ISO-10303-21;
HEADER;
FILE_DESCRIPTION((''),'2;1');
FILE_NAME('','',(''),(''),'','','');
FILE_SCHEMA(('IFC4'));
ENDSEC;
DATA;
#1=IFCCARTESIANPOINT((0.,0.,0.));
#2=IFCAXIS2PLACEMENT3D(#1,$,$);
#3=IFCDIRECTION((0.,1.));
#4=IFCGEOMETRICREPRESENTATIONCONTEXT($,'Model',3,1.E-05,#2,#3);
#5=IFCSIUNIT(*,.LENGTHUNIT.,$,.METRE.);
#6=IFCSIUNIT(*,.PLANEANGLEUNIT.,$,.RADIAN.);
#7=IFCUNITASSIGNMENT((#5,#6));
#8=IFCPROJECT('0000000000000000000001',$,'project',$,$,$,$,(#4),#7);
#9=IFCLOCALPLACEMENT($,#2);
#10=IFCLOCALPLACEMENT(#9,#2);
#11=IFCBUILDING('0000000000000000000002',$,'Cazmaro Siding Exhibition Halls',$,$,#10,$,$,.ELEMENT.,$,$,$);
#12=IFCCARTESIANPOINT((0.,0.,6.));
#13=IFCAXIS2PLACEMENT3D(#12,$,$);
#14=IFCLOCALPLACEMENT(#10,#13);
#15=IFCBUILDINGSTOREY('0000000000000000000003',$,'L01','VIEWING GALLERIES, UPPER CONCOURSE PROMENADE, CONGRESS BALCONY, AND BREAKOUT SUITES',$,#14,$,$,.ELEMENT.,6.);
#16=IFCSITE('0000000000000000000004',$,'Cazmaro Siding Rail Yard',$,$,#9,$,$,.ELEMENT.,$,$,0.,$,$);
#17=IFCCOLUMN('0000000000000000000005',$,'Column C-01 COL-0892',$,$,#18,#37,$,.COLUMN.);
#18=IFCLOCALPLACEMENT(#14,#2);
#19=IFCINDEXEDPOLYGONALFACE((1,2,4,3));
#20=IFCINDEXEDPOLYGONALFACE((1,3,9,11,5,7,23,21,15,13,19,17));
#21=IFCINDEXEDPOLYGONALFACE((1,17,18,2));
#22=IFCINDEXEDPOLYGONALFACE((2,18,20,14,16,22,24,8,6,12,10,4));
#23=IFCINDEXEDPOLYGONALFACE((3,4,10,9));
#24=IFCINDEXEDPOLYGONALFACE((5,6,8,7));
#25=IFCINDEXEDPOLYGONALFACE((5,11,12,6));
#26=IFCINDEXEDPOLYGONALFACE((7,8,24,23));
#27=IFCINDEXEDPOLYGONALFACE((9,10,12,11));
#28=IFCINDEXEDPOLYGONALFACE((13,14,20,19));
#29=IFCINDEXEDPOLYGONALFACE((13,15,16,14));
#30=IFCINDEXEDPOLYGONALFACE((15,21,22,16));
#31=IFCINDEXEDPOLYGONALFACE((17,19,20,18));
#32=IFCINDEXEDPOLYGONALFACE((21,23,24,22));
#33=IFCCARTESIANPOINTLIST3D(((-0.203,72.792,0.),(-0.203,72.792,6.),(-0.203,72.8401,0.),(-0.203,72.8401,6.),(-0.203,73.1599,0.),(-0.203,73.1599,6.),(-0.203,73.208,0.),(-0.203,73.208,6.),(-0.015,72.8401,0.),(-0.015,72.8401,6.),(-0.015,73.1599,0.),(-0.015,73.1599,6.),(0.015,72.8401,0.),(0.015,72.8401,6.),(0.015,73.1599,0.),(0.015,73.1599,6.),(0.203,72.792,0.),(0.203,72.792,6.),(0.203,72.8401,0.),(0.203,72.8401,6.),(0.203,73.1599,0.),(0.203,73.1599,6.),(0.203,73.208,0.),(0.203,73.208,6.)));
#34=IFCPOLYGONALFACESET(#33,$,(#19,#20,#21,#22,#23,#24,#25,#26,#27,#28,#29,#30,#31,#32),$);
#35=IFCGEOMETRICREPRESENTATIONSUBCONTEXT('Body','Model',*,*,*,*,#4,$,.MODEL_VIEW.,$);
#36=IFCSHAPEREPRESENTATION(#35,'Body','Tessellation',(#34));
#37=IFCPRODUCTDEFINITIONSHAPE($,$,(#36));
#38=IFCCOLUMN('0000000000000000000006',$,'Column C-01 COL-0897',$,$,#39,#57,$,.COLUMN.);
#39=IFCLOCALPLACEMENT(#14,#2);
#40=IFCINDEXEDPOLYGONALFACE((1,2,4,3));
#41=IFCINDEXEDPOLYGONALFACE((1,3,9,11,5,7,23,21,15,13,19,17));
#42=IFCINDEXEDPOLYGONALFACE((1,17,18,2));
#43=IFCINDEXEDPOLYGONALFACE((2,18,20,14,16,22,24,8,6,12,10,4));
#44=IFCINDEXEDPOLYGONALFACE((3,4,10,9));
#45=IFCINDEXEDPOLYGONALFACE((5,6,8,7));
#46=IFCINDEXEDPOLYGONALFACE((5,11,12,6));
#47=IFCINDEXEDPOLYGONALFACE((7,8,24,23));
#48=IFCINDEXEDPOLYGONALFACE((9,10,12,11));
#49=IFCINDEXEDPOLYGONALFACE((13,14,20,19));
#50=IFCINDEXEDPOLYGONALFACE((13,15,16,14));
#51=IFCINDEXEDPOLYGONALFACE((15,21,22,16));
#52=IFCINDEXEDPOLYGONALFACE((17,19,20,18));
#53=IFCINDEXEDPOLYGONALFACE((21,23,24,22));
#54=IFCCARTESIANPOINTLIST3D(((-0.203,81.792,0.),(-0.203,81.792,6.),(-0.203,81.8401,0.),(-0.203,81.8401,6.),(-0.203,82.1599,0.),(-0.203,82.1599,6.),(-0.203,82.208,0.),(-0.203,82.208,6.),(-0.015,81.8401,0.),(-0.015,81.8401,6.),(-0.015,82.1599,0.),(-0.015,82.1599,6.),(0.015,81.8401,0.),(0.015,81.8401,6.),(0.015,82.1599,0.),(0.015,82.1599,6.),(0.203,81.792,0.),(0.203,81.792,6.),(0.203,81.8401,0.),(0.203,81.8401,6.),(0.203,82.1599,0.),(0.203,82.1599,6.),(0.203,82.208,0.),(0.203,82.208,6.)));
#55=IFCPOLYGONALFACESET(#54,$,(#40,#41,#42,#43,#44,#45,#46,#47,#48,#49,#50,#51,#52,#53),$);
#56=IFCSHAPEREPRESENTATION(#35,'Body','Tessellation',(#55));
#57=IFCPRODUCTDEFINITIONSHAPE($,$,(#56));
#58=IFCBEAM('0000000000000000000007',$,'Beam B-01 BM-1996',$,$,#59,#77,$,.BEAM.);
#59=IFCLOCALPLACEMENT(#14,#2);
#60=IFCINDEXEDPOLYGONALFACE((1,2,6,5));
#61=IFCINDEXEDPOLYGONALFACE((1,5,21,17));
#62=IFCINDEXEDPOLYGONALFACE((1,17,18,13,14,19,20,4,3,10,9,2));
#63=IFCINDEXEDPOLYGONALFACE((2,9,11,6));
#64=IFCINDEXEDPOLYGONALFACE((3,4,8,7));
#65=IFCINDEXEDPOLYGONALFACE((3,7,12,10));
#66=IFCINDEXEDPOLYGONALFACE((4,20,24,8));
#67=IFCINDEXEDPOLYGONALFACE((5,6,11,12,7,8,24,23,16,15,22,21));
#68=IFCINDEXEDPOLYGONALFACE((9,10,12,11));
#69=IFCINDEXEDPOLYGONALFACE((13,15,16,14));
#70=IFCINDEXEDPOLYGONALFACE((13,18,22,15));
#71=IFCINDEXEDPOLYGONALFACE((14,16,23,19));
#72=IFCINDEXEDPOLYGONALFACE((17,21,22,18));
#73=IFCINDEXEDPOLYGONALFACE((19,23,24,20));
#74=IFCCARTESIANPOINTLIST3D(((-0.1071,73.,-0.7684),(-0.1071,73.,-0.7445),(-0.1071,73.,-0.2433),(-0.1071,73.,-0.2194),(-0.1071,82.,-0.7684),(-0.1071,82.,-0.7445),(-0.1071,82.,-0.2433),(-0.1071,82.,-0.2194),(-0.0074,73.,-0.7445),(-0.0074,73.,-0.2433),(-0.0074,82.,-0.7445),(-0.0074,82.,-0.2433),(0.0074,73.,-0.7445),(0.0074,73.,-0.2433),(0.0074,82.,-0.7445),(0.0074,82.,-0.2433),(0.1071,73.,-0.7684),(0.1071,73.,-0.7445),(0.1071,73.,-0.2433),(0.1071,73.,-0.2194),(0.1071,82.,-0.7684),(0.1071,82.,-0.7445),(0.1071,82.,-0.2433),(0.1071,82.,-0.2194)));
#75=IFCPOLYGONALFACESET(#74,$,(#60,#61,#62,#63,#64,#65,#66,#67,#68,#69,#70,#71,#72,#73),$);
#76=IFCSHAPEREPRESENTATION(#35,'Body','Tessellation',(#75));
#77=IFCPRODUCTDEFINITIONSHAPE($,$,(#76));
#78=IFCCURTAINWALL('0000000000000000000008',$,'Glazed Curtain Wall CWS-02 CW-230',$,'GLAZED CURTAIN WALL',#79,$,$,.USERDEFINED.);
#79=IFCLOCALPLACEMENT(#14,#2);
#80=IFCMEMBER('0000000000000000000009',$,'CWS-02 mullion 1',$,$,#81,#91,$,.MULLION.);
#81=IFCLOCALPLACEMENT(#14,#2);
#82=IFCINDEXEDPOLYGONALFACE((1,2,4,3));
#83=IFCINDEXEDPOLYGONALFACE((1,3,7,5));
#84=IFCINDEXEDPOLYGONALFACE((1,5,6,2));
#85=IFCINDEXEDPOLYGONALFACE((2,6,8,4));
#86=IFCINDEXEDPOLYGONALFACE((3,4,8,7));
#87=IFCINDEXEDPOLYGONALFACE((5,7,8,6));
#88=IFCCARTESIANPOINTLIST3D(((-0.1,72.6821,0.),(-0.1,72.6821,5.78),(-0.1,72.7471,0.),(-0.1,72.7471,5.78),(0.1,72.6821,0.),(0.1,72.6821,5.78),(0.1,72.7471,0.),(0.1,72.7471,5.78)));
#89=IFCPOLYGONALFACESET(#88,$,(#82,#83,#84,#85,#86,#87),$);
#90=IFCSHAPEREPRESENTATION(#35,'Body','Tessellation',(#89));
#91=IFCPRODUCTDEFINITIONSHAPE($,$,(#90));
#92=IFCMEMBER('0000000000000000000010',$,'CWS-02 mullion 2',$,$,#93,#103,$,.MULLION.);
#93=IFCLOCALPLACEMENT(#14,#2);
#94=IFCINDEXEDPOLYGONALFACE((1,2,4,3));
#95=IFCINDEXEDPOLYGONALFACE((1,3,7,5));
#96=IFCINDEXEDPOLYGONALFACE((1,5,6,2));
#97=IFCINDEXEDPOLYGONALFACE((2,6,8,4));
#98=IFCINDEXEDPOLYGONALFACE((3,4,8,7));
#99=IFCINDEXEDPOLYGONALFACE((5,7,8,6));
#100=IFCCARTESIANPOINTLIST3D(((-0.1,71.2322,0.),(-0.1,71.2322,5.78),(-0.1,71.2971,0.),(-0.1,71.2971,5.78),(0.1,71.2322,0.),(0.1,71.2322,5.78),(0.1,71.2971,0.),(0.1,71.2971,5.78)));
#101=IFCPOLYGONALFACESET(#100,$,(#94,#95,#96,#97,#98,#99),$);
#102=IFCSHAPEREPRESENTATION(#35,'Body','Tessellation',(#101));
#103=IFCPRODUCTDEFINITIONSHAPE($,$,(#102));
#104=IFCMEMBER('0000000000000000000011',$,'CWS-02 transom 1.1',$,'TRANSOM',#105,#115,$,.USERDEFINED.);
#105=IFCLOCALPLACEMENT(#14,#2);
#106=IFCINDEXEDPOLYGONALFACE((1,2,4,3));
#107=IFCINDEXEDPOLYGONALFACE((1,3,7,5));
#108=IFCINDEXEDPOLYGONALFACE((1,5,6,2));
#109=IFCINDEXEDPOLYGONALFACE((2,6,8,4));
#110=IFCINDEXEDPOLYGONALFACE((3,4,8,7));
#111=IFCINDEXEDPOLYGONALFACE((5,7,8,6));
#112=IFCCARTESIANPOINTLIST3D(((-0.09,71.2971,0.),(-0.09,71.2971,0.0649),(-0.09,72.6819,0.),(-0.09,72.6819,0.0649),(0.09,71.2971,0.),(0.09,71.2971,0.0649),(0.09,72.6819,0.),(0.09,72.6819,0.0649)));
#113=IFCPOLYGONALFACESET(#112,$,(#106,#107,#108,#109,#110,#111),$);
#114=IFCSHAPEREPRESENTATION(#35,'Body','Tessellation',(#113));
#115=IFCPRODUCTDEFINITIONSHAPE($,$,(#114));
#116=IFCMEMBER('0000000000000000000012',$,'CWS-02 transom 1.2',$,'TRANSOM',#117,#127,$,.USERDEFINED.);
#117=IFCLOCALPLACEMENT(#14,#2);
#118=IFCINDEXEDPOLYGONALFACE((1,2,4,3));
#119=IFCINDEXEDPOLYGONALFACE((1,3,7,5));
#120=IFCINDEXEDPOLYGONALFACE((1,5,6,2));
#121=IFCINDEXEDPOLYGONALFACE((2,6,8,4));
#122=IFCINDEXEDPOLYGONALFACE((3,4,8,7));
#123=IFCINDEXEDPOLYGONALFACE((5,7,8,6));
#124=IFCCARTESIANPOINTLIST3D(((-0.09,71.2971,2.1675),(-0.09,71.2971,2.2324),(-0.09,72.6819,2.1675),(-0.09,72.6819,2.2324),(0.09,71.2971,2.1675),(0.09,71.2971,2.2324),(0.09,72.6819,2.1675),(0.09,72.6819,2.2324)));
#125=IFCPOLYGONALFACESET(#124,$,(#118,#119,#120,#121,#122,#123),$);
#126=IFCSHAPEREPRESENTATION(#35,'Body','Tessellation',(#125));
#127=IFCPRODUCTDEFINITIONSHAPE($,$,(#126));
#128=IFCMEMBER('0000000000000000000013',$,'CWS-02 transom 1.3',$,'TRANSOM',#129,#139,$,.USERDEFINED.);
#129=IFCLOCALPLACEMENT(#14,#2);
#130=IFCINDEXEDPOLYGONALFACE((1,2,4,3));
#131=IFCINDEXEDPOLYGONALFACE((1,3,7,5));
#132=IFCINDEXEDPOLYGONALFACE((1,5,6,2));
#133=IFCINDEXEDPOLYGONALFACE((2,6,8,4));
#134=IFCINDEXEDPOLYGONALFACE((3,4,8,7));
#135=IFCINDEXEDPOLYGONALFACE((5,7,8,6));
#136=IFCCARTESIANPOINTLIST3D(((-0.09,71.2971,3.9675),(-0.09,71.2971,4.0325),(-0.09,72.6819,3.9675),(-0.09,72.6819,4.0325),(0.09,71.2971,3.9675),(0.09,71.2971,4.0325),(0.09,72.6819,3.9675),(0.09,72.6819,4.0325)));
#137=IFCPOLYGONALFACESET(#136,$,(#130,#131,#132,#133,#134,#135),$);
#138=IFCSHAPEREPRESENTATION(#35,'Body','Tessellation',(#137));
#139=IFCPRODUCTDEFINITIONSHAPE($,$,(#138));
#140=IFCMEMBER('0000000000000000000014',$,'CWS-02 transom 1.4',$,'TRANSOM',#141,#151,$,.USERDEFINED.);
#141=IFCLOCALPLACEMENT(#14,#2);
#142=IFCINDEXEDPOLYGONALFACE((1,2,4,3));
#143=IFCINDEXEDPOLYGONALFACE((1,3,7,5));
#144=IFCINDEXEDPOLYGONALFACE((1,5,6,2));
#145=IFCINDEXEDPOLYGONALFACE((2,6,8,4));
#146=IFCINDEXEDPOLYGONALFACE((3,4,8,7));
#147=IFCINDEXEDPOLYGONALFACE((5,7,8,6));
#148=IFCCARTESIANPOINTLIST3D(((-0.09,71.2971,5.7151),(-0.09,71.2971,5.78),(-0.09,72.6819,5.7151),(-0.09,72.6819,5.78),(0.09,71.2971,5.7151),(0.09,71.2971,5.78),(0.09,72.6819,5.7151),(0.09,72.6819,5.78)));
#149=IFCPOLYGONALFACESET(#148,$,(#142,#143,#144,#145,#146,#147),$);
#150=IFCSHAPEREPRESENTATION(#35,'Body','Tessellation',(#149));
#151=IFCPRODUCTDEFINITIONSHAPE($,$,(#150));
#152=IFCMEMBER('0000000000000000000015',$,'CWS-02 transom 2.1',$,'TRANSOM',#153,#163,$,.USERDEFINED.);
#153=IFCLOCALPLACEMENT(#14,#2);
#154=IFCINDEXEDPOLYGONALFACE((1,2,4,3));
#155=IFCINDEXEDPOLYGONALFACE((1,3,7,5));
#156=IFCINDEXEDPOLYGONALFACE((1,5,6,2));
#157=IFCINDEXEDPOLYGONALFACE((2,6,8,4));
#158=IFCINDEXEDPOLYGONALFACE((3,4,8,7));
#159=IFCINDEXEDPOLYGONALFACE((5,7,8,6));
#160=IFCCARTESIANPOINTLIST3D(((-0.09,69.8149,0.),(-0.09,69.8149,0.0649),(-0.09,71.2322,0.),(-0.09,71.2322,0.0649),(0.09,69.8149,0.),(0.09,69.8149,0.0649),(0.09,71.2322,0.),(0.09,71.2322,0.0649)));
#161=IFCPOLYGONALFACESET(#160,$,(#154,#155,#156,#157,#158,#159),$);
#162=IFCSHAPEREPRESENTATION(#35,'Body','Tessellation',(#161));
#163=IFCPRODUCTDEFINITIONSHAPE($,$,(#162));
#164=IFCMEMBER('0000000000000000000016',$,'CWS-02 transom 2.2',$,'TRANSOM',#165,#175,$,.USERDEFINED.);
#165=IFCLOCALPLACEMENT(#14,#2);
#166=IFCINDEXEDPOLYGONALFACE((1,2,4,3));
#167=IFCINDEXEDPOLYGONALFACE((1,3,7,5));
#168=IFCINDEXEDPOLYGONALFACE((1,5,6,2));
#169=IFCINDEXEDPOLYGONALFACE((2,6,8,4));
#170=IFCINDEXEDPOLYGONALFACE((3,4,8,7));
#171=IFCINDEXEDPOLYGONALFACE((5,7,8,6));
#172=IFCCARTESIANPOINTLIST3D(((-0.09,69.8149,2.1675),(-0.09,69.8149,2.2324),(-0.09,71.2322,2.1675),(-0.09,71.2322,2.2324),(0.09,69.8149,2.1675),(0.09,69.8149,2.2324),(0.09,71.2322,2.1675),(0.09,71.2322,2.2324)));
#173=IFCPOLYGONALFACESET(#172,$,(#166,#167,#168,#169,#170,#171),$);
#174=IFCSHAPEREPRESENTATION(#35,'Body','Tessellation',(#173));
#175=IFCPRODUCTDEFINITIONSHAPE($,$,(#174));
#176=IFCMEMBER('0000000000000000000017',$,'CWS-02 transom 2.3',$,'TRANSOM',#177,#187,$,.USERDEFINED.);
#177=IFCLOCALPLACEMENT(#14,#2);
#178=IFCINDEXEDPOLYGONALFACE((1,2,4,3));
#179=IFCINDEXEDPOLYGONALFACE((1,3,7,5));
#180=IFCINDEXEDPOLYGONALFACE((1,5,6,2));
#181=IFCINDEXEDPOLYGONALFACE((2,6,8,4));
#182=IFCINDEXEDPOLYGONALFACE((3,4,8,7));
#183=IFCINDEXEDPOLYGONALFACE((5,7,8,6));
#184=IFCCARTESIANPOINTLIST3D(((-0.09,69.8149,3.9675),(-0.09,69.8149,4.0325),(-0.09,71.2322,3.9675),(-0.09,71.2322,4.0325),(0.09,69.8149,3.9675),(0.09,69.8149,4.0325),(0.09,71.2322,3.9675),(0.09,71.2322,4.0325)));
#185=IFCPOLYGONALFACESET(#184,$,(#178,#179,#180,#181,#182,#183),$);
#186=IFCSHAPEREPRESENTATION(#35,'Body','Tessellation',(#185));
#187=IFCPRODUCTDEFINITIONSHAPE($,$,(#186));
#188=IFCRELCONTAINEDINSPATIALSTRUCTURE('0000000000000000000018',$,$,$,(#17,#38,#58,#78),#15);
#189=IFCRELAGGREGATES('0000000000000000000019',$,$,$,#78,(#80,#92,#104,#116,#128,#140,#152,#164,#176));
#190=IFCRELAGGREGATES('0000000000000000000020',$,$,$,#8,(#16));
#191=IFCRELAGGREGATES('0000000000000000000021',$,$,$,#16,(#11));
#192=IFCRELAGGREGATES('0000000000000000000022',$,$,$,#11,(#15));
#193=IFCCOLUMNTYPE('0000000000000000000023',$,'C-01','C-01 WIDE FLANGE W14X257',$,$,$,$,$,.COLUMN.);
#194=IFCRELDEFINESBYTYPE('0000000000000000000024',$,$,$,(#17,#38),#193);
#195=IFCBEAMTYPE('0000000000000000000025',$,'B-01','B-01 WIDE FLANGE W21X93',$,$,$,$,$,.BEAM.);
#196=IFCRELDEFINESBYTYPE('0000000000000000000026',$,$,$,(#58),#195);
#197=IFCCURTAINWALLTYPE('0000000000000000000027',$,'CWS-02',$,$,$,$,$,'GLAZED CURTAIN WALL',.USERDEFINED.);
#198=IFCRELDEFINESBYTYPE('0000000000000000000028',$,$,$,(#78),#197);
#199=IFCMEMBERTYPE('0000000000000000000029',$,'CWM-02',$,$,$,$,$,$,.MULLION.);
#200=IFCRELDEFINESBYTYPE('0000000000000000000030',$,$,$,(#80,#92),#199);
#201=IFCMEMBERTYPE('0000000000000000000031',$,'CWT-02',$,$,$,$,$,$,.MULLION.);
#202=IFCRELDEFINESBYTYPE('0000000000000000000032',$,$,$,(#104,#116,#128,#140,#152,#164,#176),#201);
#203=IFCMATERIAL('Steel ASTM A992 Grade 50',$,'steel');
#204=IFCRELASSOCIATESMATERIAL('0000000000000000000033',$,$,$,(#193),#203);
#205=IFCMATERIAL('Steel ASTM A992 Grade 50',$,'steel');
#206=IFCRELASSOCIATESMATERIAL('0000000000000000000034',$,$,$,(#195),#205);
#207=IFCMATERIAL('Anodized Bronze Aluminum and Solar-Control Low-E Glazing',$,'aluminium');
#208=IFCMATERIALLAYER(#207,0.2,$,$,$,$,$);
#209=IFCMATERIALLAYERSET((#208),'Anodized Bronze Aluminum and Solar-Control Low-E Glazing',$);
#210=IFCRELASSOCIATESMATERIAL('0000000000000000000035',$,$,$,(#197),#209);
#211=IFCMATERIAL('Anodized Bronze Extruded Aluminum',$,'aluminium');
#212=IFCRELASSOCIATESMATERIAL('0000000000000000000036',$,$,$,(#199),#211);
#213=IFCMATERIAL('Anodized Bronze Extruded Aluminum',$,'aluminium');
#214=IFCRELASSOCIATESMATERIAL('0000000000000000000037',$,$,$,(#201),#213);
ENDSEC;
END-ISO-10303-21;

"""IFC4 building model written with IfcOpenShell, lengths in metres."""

from ifc_helpers import new_model, si_unit, direction, frame, origin, origin_2d, place, context, subcontext, project, spatial, rectangle, i_section, extrude, material, layer, layer_set, material_profile, profile_set, type_object, element, aggregate, save


model = new_model("IFC4")

# Units and contexts
model_context = context("Model", 3, precision=1e-05, world=origin(), true_north=direction((0.0, 1.0)))
body_context = subcontext(model_context, "Body", "Model", "MODEL_VIEW")
ifc_project = project(units=[si_unit("LENGTHUNIT", "METRE"), si_unit("PLANEANGLEUNIT", "RADIAN")], contexts=[model_context])

# Site, building, storey
site_placement = place(None, origin())
site = spatial("IfcSite", under=ifc_project, at=site_placement, Name="Cazmaro Siding Rail Yard", CompositionType="ELEMENT", RefElevation=0.0)
building_placement = place(site_placement, origin())
building = spatial("IfcBuilding", under=site, at=building_placement, Name="Cazmaro Siding Exhibition Halls", CompositionType="ELEMENT")
storey_placement = place(building_placement, frame((0.0, 0.0, 6.0)))
storey = spatial("IfcBuildingStorey", under=building, at=storey_placement, Name="L01", Description="VIEWING GALLERIES, UPPER CONCOURSE PROMENADE, CONGRESS BALCONY, AND BREAKOUT SUITES", CompositionType="ELEMENT", Elevation=6.0)

# Columns
ifc_material_1 = material(Name="Steel ASTM A992 Grade 50", Category="steel")
ifc_material_profile_1 = material_profile(ifc_material_1, i_section(OverallWidth=0.406, OverallDepth=0.416, WebThickness=0.03, FlangeThickness=0.0481, at=origin_2d()), Name="W14X257")
ifc_profile_set_1 = profile_set([ifc_material_profile_1], Name="Steel ASTM A992 Grade 50")
column_type = type_object("IfcColumnType", Name="C-01", Description="C-01 WIDE FLANGE W14X257", PredefinedType="COLUMN", material=ifc_profile_set_1)
for number, where, z_axis, x_axis, name in (
    (1, (0.0, 73.0, 0.0), (0.0, 0.0, 1.0), (1.0, 0.0, 0.0), "Column C-01 COL-0892"),
    (2, (0.0, 82.0, 0.0), (0.0, 0.0, 1.0), (1.0, 0.0, 0.0), "Column C-01 COL-0897"),
):
    element("IfcColumn", number, at=place(storey_placement, frame(where, z_axis=z_axis, x_axis=x_axis)), inside=storey, type_object=column_type, Name=name, PredefinedType="COLUMN", context=body_context, shape_type="SweptSolid", body=[
        extrude(i_section(OverallWidth=0.406, OverallDepth=0.416, WebThickness=0.03, FlangeThickness=0.0481, at=origin_2d()), origin(), (0.0, 0.0, 1.0), 6.0),
    ])

# Beam
ifc_material_2 = material(Name="Steel ASTM A992 Grade 50", Category="steel")
ifc_material_profile_2 = material_profile(ifc_material_2, i_section(OverallWidth=0.2141, OverallDepth=0.5491, WebThickness=0.0149, FlangeThickness=0.0239, at=origin_2d()), Name="W21X93")
ifc_profile_set_2 = profile_set([ifc_material_profile_2], Name="Steel ASTM A992 Grade 50")
beam_type_1 = type_object("IfcBeamType", Name="B-01", Description="B-01 WIDE FLANGE W21X93", PredefinedType="BEAM", material=ifc_profile_set_2)
beam_1_placement = place(storey_placement, frame((0.0, 73.0, -0.4939), z_axis=(0.0, 1.0, 0.0), x_axis=(-1.0, 0.0, 0.0)))
element("IfcBeam", 3, at=beam_1_placement, inside=storey, type_object=beam_type_1, Name="Beam B-01 BM-1996", PredefinedType="BEAM", context=body_context, shape_type="SweptSolid", body=[
    extrude(i_section(OverallWidth=0.2141, OverallDepth=0.5491, WebThickness=0.0149, FlangeThickness=0.0239, at=origin_2d()), origin(), (0.0, 0.0, 1.0), 9.0),
])

# Curtain wall, members
ifc_material_3 = material(Name="Anodized Bronze Aluminum and Solar-Control Low-E Glazing", Category="aluminium")
ifc_layer_1 = layer(ifc_material_3, 0.2)
ifc_layer_set_1 = layer_set([ifc_layer_1], Name="Anodized Bronze Aluminum and Solar-Control Low-E Glazing")
curtain_wall_type = type_object("IfcCurtainWallType", Name="CWS-02", ElementType="GLAZED CURTAIN WALL", PredefinedType="USERDEFINED", material=ifc_layer_set_1)
curtain_wall_placement = place(storey_placement, origin())
curtain_wall = element("IfcCurtainWall", 4, at=curtain_wall_placement, inside=storey, type_object=curtain_wall_type, Name="Glazed Curtain Wall CWS-02 CW-230", ObjectType="GLAZED CURTAIN WALL", PredefinedType="USERDEFINED")
ifc_material_4 = material(Name="Anodized Bronze Extruded Aluminum", Category="aluminium")
ifc_material_profile_3 = material_profile(ifc_material_4, rectangle(XDim=0.2, YDim=0.0649, at=origin_2d()), Name="CWM-02")
ifc_profile_set_3 = profile_set([ifc_material_profile_3], Name="Anodized Bronze Extruded Aluminum")
member_type_1 = type_object("IfcMemberType", Name="CWM-02", PredefinedType="MULLION", material=ifc_profile_set_3)
member_1_placement = place(storey_placement, frame((0.0, 72.7146, 0.0), z_axis=(0.0, 0.0, 1.0), x_axis=(1.0, 0.0, 0.0)))
member_1 = element("IfcMember", 5, at=member_1_placement, type_object=member_type_1, Name="CWS-02 mullion 1", PredefinedType="MULLION", context=body_context, shape_type="SweptSolid", body=[
    extrude(rectangle(XDim=0.2, YDim=0.0649, at=origin_2d()), origin(), (0.0, 0.0, 1.0), 5.78),
])
member_2_placement = place(storey_placement, frame((0.0, 71.2646, 0.0), z_axis=(0.0, 0.0, 1.0), x_axis=(1.0, 0.0, 0.0)))
member_2 = element("IfcMember", 6, at=member_2_placement, type_object=member_type_1, Name="CWS-02 mullion 2", PredefinedType="MULLION", context=body_context, shape_type="SweptSolid", body=[
    extrude(rectangle(XDim=0.2, YDim=0.0649, at=origin_2d()), origin(), (0.0, 0.0, 1.0), 5.78),
])
ifc_material_5 = material(Name="Anodized Bronze Extruded Aluminum", Category="aluminium")
ifc_material_profile_4 = material_profile(ifc_material_5, rectangle(XDim=0.1799, YDim=0.0649, at=origin_2d()), Name="CWT-02")
ifc_profile_set_4 = profile_set([ifc_material_profile_4], Name="Anodized Bronze Extruded Aluminum")
member_type_2 = type_object("IfcMemberType", Name="CWT-02", PredefinedType="MULLION", material=ifc_profile_set_4)
member_3_placement = place(storey_placement, frame((0.0, 72.6819, 0.0325), z_axis=(0.0, -1.0, 0.0), x_axis=(1.0, 0.0, 0.0)))
member_3 = element("IfcMember", 7, at=member_3_placement, type_object=member_type_2, Name="CWS-02 transom 1.1", ObjectType="TRANSOM", PredefinedType="USERDEFINED", context=body_context, shape_type="SweptSolid", body=[
    extrude(rectangle(XDim=0.1799, YDim=0.0649, at=origin_2d()), origin(), (0.0, 0.0, 1.0), 1.3848),
])
member_4_placement = place(storey_placement, frame((0.0, 72.6819, 2.2), z_axis=(0.0, -1.0, 0.0), x_axis=(1.0, 0.0, 0.0)))
member_4 = element("IfcMember", 8, at=member_4_placement, type_object=member_type_2, Name="CWS-02 transom 1.2", ObjectType="TRANSOM", PredefinedType="USERDEFINED", context=body_context, shape_type="SweptSolid", body=[
    extrude(rectangle(XDim=0.1799, YDim=0.0649, at=origin_2d()), origin(), (0.0, 0.0, 1.0), 1.3848),
])
member_5_placement = place(storey_placement, frame((0.0, 72.6819, 4.0), z_axis=(0.0, -1.0, 0.0), x_axis=(1.0, 0.0, 0.0)))
member_5 = element("IfcMember", 9, at=member_5_placement, type_object=member_type_2, Name="CWS-02 transom 1.3", ObjectType="TRANSOM", PredefinedType="USERDEFINED", context=body_context, shape_type="SweptSolid", body=[
    extrude(rectangle(XDim=0.1799, YDim=0.0649, at=origin_2d()), origin(), (0.0, 0.0, 1.0), 1.3848),
])
member_6_placement = place(storey_placement, frame((0.0, 72.6819, 5.7476), z_axis=(0.0, -1.0, 0.0), x_axis=(1.0, 0.0, 0.0)))
member_6 = element("IfcMember", 10, at=member_6_placement, type_object=member_type_2, Name="CWS-02 transom 1.4", ObjectType="TRANSOM", PredefinedType="USERDEFINED", context=body_context, shape_type="SweptSolid", body=[
    extrude(rectangle(XDim=0.1799, YDim=0.0649, at=origin_2d()), origin(), (0.0, 0.0, 1.0), 1.3848),
])
member_7_placement = place(storey_placement, frame((0.0, 71.2322, 0.0325), z_axis=(0.0, -1.0, 0.0), x_axis=(1.0, 0.0, 0.0)))
member_7 = element("IfcMember", 11, at=member_7_placement, type_object=member_type_2, Name="CWS-02 transom 2.1", ObjectType="TRANSOM", PredefinedType="USERDEFINED", context=body_context, shape_type="SweptSolid", body=[
    extrude(rectangle(XDim=0.1799, YDim=0.0649, at=origin_2d()), origin(), (0.0, 0.0, 1.0), 1.4172),
])
member_8_placement = place(storey_placement, frame((0.0, 71.2322, 2.2), z_axis=(0.0, -1.0, 0.0), x_axis=(1.0, 0.0, 0.0)))
member_8 = element("IfcMember", 12, at=member_8_placement, type_object=member_type_2, Name="CWS-02 transom 2.2", ObjectType="TRANSOM", PredefinedType="USERDEFINED", context=body_context, shape_type="SweptSolid", body=[
    extrude(rectangle(XDim=0.1799, YDim=0.0649, at=origin_2d()), origin(), (0.0, 0.0, 1.0), 1.4172),
])
member_9_placement = place(storey_placement, frame((0.0, 71.2322, 4.0), z_axis=(0.0, -1.0, 0.0), x_axis=(1.0, 0.0, 0.0)))
member_9 = element("IfcMember", 13, at=member_9_placement, type_object=member_type_2, Name="CWS-02 transom 2.3", ObjectType="TRANSOM", PredefinedType="USERDEFINED", context=body_context, shape_type="SweptSolid", body=[
    extrude(rectangle(XDim=0.1799, YDim=0.0649, at=origin_2d()), origin(), (0.0, 0.0, 1.0), 1.4172),
])

aggregate(curtain_wall, [member_1, member_2, member_3, member_4, member_5, member_6, member_7, member_8, member_9])

save(model, "model.ifc")
